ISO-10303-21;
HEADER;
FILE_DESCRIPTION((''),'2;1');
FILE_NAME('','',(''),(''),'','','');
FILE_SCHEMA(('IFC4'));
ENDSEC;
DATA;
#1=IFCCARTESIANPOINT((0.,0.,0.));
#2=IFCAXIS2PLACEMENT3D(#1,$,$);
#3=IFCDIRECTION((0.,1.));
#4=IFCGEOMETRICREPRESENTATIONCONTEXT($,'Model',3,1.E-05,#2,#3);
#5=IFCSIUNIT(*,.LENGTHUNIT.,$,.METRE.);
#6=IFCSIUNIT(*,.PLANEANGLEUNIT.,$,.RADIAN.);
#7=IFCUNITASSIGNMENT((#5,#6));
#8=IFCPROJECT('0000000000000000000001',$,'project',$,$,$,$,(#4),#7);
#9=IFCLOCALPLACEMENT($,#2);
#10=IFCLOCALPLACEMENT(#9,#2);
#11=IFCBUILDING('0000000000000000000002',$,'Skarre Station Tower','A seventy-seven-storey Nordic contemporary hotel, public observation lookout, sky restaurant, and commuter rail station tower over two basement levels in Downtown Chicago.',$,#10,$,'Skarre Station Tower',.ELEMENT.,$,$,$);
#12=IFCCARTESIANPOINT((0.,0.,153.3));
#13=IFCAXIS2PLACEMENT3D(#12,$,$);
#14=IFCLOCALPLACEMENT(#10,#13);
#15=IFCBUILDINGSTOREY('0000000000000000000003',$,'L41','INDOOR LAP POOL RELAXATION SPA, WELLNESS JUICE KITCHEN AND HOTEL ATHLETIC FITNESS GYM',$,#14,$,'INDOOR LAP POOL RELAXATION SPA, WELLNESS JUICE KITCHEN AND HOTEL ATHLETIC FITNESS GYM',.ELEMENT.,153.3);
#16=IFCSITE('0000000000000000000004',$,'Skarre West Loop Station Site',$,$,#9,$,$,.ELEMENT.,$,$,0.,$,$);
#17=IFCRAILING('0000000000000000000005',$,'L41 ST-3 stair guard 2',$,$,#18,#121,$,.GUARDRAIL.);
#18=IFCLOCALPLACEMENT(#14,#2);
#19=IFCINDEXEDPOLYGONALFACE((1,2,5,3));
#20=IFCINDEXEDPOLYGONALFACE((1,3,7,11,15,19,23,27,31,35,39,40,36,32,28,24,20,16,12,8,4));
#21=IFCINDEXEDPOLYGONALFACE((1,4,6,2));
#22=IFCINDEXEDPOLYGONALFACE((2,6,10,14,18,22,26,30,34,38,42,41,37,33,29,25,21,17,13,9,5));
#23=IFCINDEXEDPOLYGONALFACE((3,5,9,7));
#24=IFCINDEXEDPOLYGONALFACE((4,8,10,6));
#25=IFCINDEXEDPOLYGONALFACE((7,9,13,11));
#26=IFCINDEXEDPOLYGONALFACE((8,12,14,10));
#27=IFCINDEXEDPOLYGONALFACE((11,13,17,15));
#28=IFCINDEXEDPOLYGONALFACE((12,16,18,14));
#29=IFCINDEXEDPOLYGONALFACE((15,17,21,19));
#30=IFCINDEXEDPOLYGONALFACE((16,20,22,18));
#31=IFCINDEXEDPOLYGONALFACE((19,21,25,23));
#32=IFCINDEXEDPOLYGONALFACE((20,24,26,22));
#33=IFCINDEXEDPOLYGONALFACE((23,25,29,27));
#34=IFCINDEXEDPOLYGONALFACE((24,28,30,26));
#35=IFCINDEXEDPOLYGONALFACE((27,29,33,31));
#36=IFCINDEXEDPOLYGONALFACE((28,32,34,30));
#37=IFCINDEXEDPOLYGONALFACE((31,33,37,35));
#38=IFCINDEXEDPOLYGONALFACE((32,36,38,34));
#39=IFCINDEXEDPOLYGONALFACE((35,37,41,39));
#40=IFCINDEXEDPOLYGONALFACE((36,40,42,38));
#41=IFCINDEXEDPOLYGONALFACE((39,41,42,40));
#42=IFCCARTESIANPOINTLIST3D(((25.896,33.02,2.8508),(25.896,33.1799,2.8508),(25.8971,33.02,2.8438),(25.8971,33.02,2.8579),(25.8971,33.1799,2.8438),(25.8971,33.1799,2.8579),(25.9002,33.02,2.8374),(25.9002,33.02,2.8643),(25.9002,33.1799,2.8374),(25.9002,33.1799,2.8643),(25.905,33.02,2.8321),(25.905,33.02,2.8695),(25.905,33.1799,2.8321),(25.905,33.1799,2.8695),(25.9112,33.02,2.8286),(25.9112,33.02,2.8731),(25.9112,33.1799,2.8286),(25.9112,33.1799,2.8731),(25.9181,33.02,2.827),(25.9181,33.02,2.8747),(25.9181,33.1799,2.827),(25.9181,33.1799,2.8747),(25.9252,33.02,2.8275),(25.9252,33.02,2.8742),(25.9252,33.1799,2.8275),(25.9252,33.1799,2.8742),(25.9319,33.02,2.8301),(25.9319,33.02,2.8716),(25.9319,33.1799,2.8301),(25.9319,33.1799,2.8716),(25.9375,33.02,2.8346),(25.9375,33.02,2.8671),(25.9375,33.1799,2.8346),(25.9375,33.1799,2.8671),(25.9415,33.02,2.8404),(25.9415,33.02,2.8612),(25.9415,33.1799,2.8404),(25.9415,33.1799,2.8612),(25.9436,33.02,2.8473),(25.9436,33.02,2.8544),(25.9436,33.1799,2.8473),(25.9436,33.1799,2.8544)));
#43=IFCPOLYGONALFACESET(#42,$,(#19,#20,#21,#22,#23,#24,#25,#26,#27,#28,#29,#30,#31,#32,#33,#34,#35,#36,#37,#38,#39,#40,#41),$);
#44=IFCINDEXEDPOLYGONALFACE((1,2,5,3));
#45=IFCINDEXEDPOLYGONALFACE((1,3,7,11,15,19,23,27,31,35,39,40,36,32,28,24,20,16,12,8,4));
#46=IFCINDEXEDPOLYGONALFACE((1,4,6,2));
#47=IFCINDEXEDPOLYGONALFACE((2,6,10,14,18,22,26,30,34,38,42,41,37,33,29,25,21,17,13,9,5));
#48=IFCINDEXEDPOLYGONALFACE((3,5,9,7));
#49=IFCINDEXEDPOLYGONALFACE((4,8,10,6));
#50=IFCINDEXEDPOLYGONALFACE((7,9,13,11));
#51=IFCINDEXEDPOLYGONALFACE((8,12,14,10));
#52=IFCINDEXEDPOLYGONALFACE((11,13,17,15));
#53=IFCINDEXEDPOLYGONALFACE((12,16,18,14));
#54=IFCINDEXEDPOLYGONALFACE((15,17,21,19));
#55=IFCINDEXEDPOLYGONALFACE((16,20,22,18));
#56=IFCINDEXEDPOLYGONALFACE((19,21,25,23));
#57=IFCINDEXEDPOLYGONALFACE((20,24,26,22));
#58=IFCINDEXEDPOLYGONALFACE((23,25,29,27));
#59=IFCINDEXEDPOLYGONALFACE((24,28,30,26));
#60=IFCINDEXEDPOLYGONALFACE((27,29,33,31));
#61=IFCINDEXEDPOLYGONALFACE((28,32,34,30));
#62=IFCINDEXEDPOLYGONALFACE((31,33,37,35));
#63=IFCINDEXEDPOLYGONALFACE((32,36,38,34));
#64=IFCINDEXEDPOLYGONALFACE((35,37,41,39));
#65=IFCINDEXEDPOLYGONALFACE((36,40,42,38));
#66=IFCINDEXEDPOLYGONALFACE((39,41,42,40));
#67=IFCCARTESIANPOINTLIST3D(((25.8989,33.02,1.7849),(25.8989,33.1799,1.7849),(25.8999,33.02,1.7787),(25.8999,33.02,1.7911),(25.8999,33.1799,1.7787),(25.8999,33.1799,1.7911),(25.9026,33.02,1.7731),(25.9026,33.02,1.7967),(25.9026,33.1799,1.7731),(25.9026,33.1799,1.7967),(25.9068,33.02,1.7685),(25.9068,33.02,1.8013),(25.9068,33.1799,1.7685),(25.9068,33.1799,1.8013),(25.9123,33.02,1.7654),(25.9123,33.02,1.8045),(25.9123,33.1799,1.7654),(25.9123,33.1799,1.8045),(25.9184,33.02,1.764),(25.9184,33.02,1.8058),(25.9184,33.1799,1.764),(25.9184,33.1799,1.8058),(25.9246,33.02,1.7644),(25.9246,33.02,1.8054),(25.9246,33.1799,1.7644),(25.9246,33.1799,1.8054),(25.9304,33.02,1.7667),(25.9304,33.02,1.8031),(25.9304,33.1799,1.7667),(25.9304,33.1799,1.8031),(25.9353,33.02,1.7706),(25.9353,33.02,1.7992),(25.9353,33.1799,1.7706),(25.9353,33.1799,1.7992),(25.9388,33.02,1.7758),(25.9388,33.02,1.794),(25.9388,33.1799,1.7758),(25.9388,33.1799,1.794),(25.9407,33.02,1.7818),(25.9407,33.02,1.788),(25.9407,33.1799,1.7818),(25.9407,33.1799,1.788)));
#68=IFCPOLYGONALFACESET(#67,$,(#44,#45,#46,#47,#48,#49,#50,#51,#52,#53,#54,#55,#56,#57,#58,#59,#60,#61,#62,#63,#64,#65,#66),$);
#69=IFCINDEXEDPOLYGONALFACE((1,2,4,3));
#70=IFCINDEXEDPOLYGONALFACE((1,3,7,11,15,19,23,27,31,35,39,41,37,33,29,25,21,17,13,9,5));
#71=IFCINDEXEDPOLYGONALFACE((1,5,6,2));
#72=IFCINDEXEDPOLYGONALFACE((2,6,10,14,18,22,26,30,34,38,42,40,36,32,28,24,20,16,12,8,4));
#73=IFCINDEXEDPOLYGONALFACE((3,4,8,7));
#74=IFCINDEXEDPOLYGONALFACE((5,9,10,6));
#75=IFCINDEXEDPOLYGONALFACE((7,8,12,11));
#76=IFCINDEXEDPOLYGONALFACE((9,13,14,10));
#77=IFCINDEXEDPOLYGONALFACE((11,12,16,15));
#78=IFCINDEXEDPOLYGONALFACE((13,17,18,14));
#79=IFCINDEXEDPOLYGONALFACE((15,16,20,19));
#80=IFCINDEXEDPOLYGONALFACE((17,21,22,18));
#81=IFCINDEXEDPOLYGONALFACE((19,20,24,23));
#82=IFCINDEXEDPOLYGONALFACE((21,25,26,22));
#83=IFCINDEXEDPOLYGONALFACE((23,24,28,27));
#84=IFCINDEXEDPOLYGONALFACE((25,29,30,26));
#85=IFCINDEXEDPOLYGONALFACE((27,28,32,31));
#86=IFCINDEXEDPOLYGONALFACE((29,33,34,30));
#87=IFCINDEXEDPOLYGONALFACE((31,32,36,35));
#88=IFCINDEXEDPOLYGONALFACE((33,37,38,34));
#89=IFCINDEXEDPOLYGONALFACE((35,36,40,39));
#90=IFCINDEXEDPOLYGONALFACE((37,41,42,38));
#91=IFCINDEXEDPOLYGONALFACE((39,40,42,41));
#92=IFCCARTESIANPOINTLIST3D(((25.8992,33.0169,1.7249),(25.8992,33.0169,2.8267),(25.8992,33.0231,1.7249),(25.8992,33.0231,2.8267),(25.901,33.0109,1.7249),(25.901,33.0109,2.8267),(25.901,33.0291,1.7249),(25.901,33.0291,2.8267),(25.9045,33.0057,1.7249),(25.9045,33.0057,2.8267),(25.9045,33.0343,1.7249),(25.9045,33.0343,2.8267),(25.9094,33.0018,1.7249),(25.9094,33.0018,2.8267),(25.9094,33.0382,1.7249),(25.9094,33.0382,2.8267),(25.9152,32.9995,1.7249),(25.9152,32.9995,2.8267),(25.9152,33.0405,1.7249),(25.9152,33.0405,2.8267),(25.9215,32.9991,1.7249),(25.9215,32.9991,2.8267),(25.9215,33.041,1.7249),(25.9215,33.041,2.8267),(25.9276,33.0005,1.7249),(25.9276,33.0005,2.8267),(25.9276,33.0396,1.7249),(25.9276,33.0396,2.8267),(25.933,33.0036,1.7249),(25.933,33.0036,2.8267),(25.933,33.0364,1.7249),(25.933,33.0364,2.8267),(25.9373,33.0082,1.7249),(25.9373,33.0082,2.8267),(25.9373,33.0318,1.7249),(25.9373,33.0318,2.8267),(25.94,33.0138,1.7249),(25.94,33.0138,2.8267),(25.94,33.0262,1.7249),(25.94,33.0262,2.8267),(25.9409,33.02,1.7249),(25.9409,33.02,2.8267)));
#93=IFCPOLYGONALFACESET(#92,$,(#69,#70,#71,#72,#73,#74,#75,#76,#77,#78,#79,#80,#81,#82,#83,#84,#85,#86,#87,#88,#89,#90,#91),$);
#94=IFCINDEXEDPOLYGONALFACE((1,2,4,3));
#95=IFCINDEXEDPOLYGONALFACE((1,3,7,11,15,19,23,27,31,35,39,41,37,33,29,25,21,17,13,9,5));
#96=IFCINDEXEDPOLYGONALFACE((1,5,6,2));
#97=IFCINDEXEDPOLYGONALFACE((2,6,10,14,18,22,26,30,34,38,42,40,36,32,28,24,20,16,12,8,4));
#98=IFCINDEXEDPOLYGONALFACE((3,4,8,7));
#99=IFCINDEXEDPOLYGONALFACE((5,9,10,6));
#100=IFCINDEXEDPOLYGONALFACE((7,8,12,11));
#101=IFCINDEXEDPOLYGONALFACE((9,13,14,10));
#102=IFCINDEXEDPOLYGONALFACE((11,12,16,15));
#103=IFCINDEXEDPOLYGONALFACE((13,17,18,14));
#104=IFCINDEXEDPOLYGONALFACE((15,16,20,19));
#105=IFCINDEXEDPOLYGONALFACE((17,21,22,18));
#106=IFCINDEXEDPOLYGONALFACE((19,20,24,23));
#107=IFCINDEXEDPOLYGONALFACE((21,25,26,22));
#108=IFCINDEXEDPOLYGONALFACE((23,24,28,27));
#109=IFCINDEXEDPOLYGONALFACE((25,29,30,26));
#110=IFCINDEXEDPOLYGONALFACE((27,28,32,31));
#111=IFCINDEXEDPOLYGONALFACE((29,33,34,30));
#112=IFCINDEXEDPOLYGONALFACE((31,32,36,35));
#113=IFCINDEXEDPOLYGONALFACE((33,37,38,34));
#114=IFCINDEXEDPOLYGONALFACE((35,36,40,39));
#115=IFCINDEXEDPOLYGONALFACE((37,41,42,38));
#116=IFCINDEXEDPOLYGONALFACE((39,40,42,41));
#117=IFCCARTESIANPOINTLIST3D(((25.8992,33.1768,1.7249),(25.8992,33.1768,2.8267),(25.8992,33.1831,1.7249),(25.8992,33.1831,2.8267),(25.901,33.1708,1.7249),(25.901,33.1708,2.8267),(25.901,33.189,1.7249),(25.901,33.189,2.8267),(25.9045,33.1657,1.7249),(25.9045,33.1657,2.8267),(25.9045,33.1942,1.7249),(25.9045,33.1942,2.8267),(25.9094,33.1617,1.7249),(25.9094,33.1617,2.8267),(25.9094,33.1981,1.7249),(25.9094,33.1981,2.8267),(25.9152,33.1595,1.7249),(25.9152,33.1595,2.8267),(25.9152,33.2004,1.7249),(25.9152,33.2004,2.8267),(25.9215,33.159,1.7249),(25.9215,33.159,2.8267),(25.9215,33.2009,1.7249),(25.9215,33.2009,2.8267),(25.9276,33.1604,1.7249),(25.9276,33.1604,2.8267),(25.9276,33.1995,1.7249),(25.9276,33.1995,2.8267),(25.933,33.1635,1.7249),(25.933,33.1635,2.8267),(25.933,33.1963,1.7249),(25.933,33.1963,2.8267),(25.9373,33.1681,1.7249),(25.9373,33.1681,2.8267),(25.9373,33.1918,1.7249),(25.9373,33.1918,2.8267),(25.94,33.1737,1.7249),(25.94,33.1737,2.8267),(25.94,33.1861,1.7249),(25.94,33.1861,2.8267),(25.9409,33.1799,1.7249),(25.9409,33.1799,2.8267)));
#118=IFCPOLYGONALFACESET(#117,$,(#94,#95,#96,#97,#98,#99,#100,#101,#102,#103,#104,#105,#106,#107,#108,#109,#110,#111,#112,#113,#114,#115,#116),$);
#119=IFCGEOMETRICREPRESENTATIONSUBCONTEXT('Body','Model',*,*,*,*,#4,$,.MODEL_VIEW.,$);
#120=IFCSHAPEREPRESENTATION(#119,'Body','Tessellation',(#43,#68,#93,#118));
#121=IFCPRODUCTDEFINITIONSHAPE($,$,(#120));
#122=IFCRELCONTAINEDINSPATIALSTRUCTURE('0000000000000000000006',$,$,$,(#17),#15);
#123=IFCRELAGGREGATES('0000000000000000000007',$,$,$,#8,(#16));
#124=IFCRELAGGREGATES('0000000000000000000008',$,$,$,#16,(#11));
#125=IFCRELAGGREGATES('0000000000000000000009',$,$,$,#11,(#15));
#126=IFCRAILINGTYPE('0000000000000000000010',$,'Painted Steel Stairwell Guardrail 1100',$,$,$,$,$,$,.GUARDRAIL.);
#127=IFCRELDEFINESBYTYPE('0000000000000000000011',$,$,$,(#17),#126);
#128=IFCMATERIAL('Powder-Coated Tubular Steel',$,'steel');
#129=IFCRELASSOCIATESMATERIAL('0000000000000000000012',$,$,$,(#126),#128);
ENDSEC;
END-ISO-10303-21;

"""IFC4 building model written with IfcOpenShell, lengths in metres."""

from ifc_helpers import new_model, si_unit, direction, frame, origin, origin_2d, place, context, subcontext, project, spatial, circle, extrude, material, type_object, element, save


model = new_model("IFC4")

# Units and contexts
model_context = context("Model", 3, precision=1e-05, world=origin(), true_north=direction((0.0, 1.0)))
body_context = subcontext(model_context, "Body", "Model", "MODEL_VIEW")
ifc_project = project(units=[si_unit("LENGTHUNIT", "METRE"), si_unit("PLANEANGLEUNIT", "RADIAN")], contexts=[model_context])

# Site, building, storey
site_placement = place(None, origin())
site = spatial("IfcSite", under=ifc_project, at=site_placement, Name="Skarre West Loop Station Site", CompositionType="ELEMENT", RefElevation=0.0)
building_placement = place(site_placement, origin())
building = spatial("IfcBuilding", under=site, at=building_placement, Name="Skarre Station Tower", Description="A seventy-seven-storey Nordic contemporary hotel, public observation lookout, sky restaurant, and commuter rail station tower over two basement levels in Downtown Chicago.", LongName="Skarre Station Tower", CompositionType="ELEMENT")
storey_placement = place(building_placement, frame((0.0, 0.0, 153.3)))
storey = spatial("IfcBuildingStorey", under=building, at=storey_placement, Name="L41", Description="INDOOR LAP POOL RELAXATION SPA, WELLNESS JUICE KITCHEN AND HOTEL ATHLETIC FITNESS GYM", LongName="INDOOR LAP POOL RELAXATION SPA, WELLNESS JUICE KITCHEN AND HOTEL ATHLETIC FITNESS GYM", CompositionType="ELEMENT", Elevation=153.3)

# Railing
ifc_material_1 = material(Name="Powder-Coated Tubular Steel", Category="steel")
railing_type_1 = type_object("IfcRailingType", Name="Painted Steel Stairwell Guardrail 1100", PredefinedType="GUARDRAIL", material=ifc_material_1)
railing_1_placement = place(storey_placement, frame((25.9199, 33.02, 1.7249)))
element("IfcRailing", 1, at=railing_1_placement, inside=storey, type_object=railing_type_1, Name="L41 ST-3 stair guard 2", PredefinedType="GUARDRAIL", context=body_context, shape_type="SweptSolid", body=[
    extrude(circle(Radius=0.0239, at=origin_2d()), frame((0.0, 0.0, 1.126), z_axis=(0.0, 1.0, 0.0), x_axis=(-1.0, 0.0, 0.0)), (0.0, 0.0, 1.0), 0.1599),
    extrude(circle(Radius=0.021, at=origin_2d()), frame((0.0, 0.0, 0.0601), z_axis=(0.0, 1.0, 0.0), x_axis=(-1.0, 0.0, 0.0)), (0.0, 0.0, 1.0), 0.1599),
    extrude(circle(Radius=0.021, at=origin_2d()), origin(), (0.0, 0.0, 1.0), 1.1018),
    extrude(circle(Radius=0.021, at=origin_2d()), frame((0.0, 0.1599, 0.0)), (0.0, 0.0, 1.0), 1.1018),
])

save(model, "model.ifc")
